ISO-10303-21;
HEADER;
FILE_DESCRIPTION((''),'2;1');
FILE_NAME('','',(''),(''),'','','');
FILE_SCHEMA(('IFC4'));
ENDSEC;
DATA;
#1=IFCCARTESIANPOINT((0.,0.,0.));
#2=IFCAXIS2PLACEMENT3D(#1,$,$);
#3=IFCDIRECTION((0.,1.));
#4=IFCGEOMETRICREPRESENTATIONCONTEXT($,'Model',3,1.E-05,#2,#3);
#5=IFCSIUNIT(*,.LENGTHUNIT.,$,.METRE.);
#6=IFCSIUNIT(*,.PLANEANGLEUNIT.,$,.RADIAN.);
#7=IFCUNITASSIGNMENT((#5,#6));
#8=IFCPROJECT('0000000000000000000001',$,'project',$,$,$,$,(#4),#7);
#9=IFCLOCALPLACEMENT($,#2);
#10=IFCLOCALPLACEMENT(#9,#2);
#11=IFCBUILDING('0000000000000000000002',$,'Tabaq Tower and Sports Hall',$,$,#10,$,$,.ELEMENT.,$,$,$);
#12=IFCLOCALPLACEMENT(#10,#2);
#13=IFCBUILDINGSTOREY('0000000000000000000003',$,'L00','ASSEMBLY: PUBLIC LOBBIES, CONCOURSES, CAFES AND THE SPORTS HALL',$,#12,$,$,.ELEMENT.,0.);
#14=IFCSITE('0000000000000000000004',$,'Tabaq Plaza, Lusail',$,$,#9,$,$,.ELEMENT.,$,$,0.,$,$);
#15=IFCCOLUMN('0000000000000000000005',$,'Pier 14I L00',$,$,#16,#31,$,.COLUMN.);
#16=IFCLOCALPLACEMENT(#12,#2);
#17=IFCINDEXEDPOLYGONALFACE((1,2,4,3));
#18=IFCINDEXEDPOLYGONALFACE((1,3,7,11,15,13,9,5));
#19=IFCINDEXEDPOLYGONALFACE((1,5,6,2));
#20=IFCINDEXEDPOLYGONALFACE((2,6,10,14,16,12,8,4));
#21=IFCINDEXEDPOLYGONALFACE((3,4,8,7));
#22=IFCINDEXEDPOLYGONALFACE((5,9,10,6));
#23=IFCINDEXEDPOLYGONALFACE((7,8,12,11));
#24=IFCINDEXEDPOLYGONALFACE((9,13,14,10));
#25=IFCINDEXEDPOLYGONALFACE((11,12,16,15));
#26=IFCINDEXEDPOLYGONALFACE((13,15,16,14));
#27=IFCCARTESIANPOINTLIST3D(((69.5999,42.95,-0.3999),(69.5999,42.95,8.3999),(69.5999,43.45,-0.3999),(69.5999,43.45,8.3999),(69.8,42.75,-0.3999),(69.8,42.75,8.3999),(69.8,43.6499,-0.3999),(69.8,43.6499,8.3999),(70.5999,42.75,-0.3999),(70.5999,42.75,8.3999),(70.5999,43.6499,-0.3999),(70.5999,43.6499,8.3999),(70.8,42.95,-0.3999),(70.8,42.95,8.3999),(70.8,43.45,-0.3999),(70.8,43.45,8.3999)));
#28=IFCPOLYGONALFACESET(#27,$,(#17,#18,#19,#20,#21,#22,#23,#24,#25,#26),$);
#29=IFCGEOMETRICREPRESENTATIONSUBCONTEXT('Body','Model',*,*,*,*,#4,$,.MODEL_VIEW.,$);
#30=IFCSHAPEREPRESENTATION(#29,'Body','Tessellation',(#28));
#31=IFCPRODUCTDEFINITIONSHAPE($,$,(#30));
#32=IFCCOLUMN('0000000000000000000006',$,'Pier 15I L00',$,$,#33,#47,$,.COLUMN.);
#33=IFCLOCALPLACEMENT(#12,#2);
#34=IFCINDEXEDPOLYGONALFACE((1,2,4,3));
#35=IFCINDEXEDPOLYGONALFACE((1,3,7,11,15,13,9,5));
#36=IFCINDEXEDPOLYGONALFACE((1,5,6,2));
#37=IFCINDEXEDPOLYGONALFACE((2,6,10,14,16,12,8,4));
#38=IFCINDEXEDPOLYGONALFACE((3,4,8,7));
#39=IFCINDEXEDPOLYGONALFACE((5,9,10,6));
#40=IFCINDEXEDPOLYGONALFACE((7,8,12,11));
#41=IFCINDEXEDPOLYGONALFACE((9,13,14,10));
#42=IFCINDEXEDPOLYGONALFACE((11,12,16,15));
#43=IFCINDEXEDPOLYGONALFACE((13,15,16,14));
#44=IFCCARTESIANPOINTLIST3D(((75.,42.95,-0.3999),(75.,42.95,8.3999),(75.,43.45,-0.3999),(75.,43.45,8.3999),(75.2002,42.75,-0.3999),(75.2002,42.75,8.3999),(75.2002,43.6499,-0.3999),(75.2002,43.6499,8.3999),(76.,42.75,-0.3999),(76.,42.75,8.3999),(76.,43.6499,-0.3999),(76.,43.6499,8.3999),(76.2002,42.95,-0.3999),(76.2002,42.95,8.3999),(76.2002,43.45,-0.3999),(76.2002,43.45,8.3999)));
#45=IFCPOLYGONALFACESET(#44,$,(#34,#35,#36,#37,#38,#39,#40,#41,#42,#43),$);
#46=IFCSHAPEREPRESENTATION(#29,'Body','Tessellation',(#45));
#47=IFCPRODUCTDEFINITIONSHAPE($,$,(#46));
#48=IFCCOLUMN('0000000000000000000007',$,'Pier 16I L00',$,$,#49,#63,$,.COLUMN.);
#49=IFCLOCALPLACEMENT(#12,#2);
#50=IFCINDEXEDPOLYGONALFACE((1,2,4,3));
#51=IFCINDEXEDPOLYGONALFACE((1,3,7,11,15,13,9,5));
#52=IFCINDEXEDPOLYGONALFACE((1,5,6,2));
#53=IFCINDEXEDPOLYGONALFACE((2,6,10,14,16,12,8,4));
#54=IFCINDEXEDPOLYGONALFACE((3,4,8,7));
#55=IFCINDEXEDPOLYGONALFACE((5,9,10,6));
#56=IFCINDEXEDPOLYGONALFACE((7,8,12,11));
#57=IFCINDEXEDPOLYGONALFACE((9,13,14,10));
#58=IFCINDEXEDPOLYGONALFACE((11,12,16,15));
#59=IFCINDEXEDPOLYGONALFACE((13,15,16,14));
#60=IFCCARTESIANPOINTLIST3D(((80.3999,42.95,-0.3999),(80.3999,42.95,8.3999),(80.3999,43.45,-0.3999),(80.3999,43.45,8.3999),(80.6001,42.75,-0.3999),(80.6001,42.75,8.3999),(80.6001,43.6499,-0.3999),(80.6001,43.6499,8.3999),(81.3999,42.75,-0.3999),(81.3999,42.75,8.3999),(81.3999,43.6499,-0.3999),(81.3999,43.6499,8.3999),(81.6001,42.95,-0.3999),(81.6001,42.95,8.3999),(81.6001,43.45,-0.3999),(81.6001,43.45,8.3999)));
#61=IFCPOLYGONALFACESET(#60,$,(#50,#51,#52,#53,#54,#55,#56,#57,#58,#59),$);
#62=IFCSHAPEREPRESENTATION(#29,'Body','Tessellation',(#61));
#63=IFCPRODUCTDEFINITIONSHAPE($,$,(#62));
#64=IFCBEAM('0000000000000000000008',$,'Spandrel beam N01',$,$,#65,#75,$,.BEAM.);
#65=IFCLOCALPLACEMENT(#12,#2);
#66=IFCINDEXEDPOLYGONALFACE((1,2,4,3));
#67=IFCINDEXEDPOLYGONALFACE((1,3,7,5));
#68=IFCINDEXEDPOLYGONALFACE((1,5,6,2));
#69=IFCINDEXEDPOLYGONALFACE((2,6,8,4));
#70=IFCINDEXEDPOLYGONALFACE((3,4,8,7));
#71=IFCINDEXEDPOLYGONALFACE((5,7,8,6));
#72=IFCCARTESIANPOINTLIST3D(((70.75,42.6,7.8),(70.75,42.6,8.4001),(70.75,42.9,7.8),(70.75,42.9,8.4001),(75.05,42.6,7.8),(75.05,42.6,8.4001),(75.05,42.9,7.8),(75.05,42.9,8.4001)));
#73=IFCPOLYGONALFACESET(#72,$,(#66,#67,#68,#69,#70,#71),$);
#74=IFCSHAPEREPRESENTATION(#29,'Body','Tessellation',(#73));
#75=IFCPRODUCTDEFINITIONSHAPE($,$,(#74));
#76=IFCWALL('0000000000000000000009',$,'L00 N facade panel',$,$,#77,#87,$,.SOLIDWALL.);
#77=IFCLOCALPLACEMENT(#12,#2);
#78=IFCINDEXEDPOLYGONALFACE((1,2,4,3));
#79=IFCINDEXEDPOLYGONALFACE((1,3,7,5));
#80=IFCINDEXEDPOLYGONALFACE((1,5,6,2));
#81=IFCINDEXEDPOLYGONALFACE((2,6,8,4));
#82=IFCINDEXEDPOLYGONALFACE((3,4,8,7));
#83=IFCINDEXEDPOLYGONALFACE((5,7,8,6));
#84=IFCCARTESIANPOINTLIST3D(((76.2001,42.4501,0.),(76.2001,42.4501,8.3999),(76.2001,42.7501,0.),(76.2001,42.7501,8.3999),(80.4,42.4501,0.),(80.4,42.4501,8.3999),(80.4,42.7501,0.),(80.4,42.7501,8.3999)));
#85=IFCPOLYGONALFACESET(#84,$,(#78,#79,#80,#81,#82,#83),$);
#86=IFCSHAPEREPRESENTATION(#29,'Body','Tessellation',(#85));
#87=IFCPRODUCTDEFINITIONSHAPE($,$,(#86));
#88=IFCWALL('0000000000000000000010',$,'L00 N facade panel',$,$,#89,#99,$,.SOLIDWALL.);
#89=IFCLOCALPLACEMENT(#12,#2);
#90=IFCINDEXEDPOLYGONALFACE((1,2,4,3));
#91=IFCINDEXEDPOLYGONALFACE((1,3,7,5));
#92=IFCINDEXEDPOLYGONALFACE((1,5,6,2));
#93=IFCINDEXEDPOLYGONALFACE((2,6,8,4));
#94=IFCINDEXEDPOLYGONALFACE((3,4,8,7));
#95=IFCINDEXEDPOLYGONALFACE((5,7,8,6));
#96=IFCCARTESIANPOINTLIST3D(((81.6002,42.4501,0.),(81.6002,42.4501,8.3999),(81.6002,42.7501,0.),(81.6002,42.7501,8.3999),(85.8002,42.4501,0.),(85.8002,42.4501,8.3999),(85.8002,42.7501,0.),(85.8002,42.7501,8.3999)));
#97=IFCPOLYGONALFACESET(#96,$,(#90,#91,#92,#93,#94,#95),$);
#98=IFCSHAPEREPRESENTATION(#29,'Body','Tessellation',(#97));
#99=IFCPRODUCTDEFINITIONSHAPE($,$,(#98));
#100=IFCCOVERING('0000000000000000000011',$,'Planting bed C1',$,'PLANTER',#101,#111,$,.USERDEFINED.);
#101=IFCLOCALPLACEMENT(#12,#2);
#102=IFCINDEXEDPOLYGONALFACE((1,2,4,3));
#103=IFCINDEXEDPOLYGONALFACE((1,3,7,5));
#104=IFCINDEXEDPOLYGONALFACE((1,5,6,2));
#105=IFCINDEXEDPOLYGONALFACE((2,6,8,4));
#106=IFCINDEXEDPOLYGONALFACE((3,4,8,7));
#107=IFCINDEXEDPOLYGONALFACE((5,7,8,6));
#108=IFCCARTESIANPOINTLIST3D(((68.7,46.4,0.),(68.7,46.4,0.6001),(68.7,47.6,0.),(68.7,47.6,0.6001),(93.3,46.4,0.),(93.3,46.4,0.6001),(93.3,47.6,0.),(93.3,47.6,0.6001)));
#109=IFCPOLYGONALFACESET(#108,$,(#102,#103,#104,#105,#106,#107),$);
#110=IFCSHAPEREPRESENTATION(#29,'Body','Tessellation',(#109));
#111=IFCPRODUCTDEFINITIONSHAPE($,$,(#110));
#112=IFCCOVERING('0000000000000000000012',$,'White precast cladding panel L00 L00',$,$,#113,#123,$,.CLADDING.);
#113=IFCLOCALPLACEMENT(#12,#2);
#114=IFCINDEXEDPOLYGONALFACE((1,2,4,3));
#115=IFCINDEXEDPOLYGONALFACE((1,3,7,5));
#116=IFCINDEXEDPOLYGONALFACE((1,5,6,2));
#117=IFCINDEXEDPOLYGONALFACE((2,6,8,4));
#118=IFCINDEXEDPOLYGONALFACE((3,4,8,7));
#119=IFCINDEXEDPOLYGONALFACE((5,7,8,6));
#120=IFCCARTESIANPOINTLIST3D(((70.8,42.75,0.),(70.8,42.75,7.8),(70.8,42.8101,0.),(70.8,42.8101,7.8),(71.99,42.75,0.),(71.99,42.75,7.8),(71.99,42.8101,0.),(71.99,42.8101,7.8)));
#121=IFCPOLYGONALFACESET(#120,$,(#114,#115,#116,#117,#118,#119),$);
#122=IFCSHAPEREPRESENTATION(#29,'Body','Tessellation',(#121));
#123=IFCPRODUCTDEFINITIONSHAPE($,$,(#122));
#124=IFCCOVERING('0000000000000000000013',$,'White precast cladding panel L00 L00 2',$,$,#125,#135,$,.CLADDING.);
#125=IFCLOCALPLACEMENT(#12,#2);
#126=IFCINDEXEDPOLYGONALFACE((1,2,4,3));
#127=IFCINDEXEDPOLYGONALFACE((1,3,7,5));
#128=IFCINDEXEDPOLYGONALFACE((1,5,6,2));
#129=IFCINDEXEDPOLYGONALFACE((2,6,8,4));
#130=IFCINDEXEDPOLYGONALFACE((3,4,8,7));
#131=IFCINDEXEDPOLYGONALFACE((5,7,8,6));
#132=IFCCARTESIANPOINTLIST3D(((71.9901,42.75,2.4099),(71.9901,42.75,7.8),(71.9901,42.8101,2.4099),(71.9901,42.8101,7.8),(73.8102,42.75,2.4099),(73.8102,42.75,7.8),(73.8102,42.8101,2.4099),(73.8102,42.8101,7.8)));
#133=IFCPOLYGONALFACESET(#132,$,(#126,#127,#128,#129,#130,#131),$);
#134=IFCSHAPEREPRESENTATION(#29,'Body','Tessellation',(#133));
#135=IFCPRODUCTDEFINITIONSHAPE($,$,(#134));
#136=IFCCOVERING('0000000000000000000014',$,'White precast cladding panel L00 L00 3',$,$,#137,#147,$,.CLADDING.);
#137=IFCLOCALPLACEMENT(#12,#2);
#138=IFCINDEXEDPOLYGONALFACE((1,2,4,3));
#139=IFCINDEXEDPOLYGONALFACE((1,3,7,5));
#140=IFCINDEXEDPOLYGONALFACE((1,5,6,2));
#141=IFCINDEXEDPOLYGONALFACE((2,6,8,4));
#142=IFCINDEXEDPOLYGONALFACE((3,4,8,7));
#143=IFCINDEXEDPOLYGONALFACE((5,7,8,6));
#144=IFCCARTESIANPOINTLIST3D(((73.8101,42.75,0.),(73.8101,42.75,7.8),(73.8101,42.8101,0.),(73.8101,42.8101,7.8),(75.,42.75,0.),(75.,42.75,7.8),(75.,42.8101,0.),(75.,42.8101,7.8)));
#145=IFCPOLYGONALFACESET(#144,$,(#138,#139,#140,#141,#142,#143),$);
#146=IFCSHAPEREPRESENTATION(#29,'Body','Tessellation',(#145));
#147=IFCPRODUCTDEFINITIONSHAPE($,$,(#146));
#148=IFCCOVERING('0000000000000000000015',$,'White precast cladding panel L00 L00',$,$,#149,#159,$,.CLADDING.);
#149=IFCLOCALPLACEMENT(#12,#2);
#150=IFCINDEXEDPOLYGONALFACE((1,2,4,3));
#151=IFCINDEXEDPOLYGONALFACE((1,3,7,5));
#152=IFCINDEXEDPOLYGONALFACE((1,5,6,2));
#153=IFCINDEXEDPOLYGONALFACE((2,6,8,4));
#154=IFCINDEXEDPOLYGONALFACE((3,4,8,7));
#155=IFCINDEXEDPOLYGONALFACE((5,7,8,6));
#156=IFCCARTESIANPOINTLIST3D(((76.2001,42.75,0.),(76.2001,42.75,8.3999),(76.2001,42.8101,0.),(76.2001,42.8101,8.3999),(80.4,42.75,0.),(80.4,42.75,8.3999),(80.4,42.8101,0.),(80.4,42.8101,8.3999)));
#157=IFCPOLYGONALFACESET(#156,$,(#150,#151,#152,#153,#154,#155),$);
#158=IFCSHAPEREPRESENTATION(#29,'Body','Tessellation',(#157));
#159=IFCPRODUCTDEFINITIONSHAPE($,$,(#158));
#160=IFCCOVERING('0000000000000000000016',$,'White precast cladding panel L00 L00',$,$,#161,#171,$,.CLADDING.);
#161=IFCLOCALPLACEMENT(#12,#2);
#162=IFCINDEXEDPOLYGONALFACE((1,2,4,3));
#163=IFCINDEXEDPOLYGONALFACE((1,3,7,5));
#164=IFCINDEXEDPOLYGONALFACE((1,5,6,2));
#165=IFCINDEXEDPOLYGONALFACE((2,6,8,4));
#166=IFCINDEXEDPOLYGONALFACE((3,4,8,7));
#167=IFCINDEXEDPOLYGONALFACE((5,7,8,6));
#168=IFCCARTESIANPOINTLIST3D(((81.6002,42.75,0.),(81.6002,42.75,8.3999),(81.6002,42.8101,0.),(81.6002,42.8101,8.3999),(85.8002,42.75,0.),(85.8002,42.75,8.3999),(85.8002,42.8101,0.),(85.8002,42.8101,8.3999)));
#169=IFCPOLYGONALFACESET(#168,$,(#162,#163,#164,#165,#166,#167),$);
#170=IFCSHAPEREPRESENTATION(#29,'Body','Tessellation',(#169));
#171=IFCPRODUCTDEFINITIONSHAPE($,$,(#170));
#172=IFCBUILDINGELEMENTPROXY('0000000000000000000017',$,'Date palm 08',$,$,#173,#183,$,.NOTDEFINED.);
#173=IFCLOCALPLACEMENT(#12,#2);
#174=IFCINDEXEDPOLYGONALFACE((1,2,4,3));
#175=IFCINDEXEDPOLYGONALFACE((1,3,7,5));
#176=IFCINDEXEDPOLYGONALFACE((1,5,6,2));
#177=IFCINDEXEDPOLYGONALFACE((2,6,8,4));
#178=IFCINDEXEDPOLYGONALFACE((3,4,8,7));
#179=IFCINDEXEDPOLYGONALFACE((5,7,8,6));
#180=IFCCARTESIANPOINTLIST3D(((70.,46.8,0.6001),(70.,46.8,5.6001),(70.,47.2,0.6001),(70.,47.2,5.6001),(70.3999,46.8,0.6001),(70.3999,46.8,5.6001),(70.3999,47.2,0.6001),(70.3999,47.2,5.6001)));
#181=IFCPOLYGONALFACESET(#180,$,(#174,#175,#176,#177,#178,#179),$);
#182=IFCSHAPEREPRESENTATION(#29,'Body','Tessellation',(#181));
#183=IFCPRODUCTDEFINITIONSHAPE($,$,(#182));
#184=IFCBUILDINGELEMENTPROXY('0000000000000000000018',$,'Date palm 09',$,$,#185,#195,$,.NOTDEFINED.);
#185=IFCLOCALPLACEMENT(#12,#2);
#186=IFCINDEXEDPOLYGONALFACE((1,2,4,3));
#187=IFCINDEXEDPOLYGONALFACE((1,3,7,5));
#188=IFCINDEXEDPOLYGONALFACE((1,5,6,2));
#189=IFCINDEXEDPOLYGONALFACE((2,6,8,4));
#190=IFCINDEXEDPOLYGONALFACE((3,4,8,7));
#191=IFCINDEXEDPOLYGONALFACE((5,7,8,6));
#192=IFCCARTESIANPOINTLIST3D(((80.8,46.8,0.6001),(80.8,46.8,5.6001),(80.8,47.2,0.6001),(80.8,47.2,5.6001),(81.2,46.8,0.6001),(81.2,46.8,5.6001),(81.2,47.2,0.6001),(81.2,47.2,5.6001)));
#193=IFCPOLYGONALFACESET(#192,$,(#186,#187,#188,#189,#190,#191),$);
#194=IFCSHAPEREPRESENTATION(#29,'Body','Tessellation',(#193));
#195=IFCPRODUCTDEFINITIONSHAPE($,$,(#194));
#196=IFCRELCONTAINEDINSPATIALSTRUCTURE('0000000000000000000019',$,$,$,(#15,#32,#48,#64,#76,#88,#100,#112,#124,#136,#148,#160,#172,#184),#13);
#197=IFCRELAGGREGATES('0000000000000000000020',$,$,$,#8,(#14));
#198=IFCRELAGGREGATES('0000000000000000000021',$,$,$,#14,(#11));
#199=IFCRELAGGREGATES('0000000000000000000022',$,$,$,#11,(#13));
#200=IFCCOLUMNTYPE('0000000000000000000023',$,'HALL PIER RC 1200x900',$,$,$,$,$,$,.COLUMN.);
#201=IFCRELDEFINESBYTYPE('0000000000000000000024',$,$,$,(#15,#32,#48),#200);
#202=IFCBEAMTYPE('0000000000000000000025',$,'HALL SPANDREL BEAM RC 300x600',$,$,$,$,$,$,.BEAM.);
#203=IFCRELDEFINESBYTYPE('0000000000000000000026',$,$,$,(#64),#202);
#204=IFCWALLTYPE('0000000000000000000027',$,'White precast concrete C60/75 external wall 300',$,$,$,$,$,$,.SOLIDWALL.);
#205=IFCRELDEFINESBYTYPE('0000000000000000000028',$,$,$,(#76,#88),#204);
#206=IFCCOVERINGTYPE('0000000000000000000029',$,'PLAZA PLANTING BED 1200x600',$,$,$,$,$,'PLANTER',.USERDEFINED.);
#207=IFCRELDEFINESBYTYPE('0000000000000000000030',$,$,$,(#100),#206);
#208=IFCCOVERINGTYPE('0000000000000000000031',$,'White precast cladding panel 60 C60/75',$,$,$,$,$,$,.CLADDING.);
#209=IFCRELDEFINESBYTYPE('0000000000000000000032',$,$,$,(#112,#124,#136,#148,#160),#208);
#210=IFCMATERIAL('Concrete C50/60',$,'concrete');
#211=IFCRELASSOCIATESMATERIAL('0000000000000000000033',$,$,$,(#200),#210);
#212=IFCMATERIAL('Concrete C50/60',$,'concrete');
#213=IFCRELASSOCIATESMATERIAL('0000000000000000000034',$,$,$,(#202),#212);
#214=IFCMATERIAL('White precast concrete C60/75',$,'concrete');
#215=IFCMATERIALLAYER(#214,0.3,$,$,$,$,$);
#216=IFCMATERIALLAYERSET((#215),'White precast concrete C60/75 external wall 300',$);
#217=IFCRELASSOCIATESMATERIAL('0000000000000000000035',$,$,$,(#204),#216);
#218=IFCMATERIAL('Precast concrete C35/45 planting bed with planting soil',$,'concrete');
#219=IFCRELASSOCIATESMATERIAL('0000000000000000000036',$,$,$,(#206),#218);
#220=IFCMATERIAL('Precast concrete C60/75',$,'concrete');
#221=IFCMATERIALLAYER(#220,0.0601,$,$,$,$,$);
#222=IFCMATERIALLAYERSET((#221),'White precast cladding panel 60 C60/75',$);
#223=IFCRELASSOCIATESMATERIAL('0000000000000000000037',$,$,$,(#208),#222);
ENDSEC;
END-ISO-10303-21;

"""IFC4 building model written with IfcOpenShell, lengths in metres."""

from ifc_helpers import new_model, si_unit, direction, frame, frame_2d, origin, origin_2d, place, context, subcontext, project, spatial, polyline, rectangle, outline, extrude, material, layer, layer_set, material_profile, profile_set, type_object, element, save


model = new_model("IFC4")

# Units and contexts
model_context = context("Model", 3, precision=1e-05, world=origin(), true_north=direction((0.0, 1.0)))
body_context = subcontext(model_context, "Body", "Model", "MODEL_VIEW")
ifc_project = project(units=[si_unit("LENGTHUNIT", "METRE"), si_unit("PLANEANGLEUNIT", "RADIAN")], contexts=[model_context])

# Site, building, storey
site_placement = place(None, origin())
site = spatial("IfcSite", under=ifc_project, at=site_placement, Name="Tabaq Plaza, Lusail", CompositionType="ELEMENT", RefElevation=0.0)
building_placement = place(site_placement, origin())
building = spatial("IfcBuilding", under=site, at=building_placement, Name="Tabaq Tower and Sports Hall", CompositionType="ELEMENT")
storey_placement = place(building_placement, origin())
storey = spatial("IfcBuildingStorey", under=building, at=storey_placement, Name="L00", Description="ASSEMBLY: PUBLIC LOBBIES, CONCOURSES, CAFES AND THE SPORTS HALL", CompositionType="ELEMENT", Elevation=0.0)

# Columns
ifc_material_1 = material(Name="Concrete C50/60", Category="concrete")
ifc_material_profile_1 = material_profile(ifc_material_1, outline(polyline([(-0.3999, -0.45), (0.3999, -0.45), (0.6001, -0.25), (0.6001, 0.25), (0.3999, 0.45), (-0.3999, 0.45), (-0.6001, 0.25), (-0.6001, -0.25), (-0.3999, -0.45)])), Name="PIER 1200x900")
ifc_profile_set_1 = profile_set([ifc_material_profile_1], Name="Concrete C50/60")
column_type_1 = type_object("IfcColumnType", Name="HALL PIER RC 1200x900", PredefinedType="COLUMN", material=ifc_profile_set_1)
for number, where, z_axis, x_axis, name in (
    (1, (70.2, 43.2, -0.3999), (0.0, 0.0, 1.0), (1.0, 0.0, 0.0), "Pier 14I L00"),
    (2, (75.6001, 43.2, -0.3999), (0.0, 0.0, 1.0), (1.0, 0.0, 0.0), "Pier 15I L00"),
    (3, (81.0, 43.2, -0.3999), (0.0, 0.0, 1.0), (1.0, 0.0, 0.0), "Pier 16I L00"),
):
    element("IfcColumn", number, at=place(storey_placement, frame(where, z_axis=z_axis, x_axis=x_axis)), inside=storey, type_object=column_type_1, Name=name, PredefinedType="COLUMN", context=body_context, shape_type="SweptSolid", body=[
        extrude(outline(polyline([(-0.3999, -0.45), (0.3999, -0.45), (0.6001, -0.25), (0.6001, 0.25), (0.3999, 0.45), (-0.3999, 0.45), (-0.6001, 0.25), (-0.6001, -0.25), (-0.3999, -0.45)])), origin(), (0.0, 0.0, 1.0), 8.7998),
    ])

# Beam
ifc_material_2 = material(Name="Concrete C50/60", Category="concrete")
ifc_material_profile_2 = material_profile(ifc_material_2, rectangle(XDim=0.3, YDim=0.6001, at=origin_2d()), Name="RC 300x600")
ifc_profile_set_2 = profile_set([ifc_material_profile_2], Name="Concrete C50/60")
beam_type = type_object("IfcBeamType", Name="HALL SPANDREL BEAM RC 300x600", PredefinedType="BEAM", material=ifc_profile_set_2)
beam_placement = place(storey_placement, frame((70.75, 42.75, 8.1001), z_axis=(1.0, 0.0, 0.0), x_axis=(0.0, 1.0, 0.0)))
element("IfcBeam", 4, at=beam_placement, inside=storey, type_object=beam_type, Name="Spandrel beam N01", PredefinedType="BEAM", context=body_context, shape_type="SweptSolid", body=[
    extrude(rectangle(XDim=0.3, YDim=0.6001, at=origin_2d()), origin(), (0.0, 0.0, 1.0), 4.3),
])

# Shared definitions
ifc_material_3 = material(Name="White precast concrete C60/75", Category="concrete")
ifc_layer_1 = layer(ifc_material_3, 0.3)
ifc_layer_set_1 = layer_set([ifc_layer_1], Name="White precast concrete C60/75 external wall 300")
wall_type = type_object("IfcWallType", Name="White precast concrete C60/75 external wall 300", PredefinedType="SOLIDWALL", material=ifc_layer_set_1)

# Walls
for number, where, z_axis, x_axis, name in (
    (5, (76.2, 42.6001, 0.0), (0.0, 0.0, 1.0), (1.0, 0.0, 0.0), "L00 N facade panel"),
    (6, (81.6001, 42.6001, 0.0), (0.0, 0.0, 1.0), (1.0, 0.0, 0.0), "L00 N facade panel"),
):
    element("IfcWall", number, at=place(storey_placement, frame(where, z_axis=z_axis, x_axis=x_axis)), inside=storey, type_object=wall_type, Name=name, PredefinedType="SOLIDWALL", context=body_context, shape_type="SweptSolid", body=[
        extrude(rectangle(XDim=4.2, YDim=0.3, at=frame_2d((2.1001, 0.0))), origin(), (0.0, 0.0, 1.0), 8.3999),
    ])

# Coverings
ifc_material_4 = material(Name="Precast concrete C35/45 planting bed with planting soil", Category="concrete")
covering_type_1 = type_object("IfcCoveringType", Name="PLAZA PLANTING BED 1200x600", ElementType="PLANTER", PredefinedType="USERDEFINED", material=ifc_material_4)
covering_1_placement = place(storey_placement, frame((81.0, 47.0, 0.0), z_axis=(0.0, 0.0, 1.0), x_axis=(1.0, 0.0, 0.0)))
element("IfcCovering", 7, at=covering_1_placement, inside=storey, type_object=covering_type_1, Name="Planting bed C1", ObjectType="PLANTER", PredefinedType="USERDEFINED", context=body_context, shape_type="SweptSolid", body=[
    extrude(rectangle(XDim=24.6001, YDim=1.2, at=origin_2d()), origin(), (0.0, 0.0, 1.0), 0.6001),
])
ifc_material_5 = material(Name="Precast concrete C60/75", Category="concrete")
ifc_layer_2 = layer(ifc_material_5, 0.0601)
ifc_layer_set_2 = layer_set([ifc_layer_2], Name="White precast cladding panel 60 C60/75")
covering_type_2 = type_object("IfcCoveringType", Name="White precast cladding panel 60 C60/75", PredefinedType="CLADDING", material=ifc_layer_set_2)
covering_2_placement = place(storey_placement, frame((70.8, 42.78, 0.0), z_axis=(0.0, 0.0, 1.0), x_axis=(1.0, 0.0, 0.0)))
element("IfcCovering", 8, at=covering_2_placement, inside=storey, type_object=covering_type_2, Name="White precast cladding panel L00 L00", PredefinedType="CLADDING", context=body_context, shape_type="SweptSolid", body=[
    extrude(rectangle(XDim=1.1899, YDim=0.0601, at=frame_2d((0.595, 0.0))), origin(), (0.0, 0.0, 1.0), 7.8),
])
covering_3_placement = place(storey_placement, frame((71.99, 42.78, 2.4099), z_axis=(0.0, 0.0, 1.0), x_axis=(1.0, 0.0, 0.0)))
element("IfcCovering", 9, at=covering_3_placement, inside=storey, type_object=covering_type_2, Name="White precast cladding panel L00 L00 2", PredefinedType="CLADDING", context=body_context, shape_type="SweptSolid", body=[
    extrude(rectangle(XDim=1.8201, YDim=0.0601, at=frame_2d((0.9102, 0.0))), origin(), (0.0, 0.0, 1.0), 5.3901),
])
covering_4_placement = place(storey_placement, frame((73.8101, 42.78, 0.0), z_axis=(0.0, 0.0, 1.0), x_axis=(1.0, 0.0, 0.0)))
element("IfcCovering", 10, at=covering_4_placement, inside=storey, type_object=covering_type_2, Name="White precast cladding panel L00 L00 3", PredefinedType="CLADDING", context=body_context, shape_type="SweptSolid", body=[
    extrude(rectangle(XDim=1.1899, YDim=0.0601, at=frame_2d((0.595, 0.0))), origin(), (0.0, 0.0, 1.0), 7.8),
])
for number, where, z_axis, x_axis, name in (
    (11, (76.2, 42.78, 0.0), (0.0, 0.0, 1.0), (1.0, 0.0, 0.0), "White precast cladding panel L00 L00"),
    (12, (81.6001, 42.78, 0.0), (0.0, 0.0, 1.0), (1.0, 0.0, 0.0), "White precast cladding panel L00 L00"),
):
    element("IfcCovering", number, at=place(storey_placement, frame(where, z_axis=z_axis, x_axis=x_axis)), inside=storey, type_object=covering_type_2, Name=name, PredefinedType="CLADDING", context=body_context, shape_type="SweptSolid", body=[
        extrude(rectangle(XDim=4.2, YDim=0.0601, at=frame_2d((2.1001, 0.0))), origin(), (0.0, 0.0, 1.0), 8.3999),
    ])

# Building element proxies
for number, where, z_axis, x_axis, name in (
    (13, (70.2, 47.0, 0.6001), (0.0, 0.0, 1.0), (1.0, 0.0, 0.0), "Date palm 08"),
    (14, (81.0, 47.0, 0.6001), (0.0, 0.0, 1.0), (1.0, 0.0, 0.0), "Date palm 09"),
):
    element("IfcBuildingElementProxy", number, at=place(storey_placement, frame(where, z_axis=z_axis, x_axis=x_axis)), inside=storey, Name=name, PredefinedType="NOTDEFINED", context=body_context, shape_type="SweptSolid", body=[
        extrude(rectangle(XDim=0.3999, YDim=0.3999, at=origin_2d()), origin(), (0.0, 0.0, 1.0), 5.0),
    ])

save(model, "model.ifc")
